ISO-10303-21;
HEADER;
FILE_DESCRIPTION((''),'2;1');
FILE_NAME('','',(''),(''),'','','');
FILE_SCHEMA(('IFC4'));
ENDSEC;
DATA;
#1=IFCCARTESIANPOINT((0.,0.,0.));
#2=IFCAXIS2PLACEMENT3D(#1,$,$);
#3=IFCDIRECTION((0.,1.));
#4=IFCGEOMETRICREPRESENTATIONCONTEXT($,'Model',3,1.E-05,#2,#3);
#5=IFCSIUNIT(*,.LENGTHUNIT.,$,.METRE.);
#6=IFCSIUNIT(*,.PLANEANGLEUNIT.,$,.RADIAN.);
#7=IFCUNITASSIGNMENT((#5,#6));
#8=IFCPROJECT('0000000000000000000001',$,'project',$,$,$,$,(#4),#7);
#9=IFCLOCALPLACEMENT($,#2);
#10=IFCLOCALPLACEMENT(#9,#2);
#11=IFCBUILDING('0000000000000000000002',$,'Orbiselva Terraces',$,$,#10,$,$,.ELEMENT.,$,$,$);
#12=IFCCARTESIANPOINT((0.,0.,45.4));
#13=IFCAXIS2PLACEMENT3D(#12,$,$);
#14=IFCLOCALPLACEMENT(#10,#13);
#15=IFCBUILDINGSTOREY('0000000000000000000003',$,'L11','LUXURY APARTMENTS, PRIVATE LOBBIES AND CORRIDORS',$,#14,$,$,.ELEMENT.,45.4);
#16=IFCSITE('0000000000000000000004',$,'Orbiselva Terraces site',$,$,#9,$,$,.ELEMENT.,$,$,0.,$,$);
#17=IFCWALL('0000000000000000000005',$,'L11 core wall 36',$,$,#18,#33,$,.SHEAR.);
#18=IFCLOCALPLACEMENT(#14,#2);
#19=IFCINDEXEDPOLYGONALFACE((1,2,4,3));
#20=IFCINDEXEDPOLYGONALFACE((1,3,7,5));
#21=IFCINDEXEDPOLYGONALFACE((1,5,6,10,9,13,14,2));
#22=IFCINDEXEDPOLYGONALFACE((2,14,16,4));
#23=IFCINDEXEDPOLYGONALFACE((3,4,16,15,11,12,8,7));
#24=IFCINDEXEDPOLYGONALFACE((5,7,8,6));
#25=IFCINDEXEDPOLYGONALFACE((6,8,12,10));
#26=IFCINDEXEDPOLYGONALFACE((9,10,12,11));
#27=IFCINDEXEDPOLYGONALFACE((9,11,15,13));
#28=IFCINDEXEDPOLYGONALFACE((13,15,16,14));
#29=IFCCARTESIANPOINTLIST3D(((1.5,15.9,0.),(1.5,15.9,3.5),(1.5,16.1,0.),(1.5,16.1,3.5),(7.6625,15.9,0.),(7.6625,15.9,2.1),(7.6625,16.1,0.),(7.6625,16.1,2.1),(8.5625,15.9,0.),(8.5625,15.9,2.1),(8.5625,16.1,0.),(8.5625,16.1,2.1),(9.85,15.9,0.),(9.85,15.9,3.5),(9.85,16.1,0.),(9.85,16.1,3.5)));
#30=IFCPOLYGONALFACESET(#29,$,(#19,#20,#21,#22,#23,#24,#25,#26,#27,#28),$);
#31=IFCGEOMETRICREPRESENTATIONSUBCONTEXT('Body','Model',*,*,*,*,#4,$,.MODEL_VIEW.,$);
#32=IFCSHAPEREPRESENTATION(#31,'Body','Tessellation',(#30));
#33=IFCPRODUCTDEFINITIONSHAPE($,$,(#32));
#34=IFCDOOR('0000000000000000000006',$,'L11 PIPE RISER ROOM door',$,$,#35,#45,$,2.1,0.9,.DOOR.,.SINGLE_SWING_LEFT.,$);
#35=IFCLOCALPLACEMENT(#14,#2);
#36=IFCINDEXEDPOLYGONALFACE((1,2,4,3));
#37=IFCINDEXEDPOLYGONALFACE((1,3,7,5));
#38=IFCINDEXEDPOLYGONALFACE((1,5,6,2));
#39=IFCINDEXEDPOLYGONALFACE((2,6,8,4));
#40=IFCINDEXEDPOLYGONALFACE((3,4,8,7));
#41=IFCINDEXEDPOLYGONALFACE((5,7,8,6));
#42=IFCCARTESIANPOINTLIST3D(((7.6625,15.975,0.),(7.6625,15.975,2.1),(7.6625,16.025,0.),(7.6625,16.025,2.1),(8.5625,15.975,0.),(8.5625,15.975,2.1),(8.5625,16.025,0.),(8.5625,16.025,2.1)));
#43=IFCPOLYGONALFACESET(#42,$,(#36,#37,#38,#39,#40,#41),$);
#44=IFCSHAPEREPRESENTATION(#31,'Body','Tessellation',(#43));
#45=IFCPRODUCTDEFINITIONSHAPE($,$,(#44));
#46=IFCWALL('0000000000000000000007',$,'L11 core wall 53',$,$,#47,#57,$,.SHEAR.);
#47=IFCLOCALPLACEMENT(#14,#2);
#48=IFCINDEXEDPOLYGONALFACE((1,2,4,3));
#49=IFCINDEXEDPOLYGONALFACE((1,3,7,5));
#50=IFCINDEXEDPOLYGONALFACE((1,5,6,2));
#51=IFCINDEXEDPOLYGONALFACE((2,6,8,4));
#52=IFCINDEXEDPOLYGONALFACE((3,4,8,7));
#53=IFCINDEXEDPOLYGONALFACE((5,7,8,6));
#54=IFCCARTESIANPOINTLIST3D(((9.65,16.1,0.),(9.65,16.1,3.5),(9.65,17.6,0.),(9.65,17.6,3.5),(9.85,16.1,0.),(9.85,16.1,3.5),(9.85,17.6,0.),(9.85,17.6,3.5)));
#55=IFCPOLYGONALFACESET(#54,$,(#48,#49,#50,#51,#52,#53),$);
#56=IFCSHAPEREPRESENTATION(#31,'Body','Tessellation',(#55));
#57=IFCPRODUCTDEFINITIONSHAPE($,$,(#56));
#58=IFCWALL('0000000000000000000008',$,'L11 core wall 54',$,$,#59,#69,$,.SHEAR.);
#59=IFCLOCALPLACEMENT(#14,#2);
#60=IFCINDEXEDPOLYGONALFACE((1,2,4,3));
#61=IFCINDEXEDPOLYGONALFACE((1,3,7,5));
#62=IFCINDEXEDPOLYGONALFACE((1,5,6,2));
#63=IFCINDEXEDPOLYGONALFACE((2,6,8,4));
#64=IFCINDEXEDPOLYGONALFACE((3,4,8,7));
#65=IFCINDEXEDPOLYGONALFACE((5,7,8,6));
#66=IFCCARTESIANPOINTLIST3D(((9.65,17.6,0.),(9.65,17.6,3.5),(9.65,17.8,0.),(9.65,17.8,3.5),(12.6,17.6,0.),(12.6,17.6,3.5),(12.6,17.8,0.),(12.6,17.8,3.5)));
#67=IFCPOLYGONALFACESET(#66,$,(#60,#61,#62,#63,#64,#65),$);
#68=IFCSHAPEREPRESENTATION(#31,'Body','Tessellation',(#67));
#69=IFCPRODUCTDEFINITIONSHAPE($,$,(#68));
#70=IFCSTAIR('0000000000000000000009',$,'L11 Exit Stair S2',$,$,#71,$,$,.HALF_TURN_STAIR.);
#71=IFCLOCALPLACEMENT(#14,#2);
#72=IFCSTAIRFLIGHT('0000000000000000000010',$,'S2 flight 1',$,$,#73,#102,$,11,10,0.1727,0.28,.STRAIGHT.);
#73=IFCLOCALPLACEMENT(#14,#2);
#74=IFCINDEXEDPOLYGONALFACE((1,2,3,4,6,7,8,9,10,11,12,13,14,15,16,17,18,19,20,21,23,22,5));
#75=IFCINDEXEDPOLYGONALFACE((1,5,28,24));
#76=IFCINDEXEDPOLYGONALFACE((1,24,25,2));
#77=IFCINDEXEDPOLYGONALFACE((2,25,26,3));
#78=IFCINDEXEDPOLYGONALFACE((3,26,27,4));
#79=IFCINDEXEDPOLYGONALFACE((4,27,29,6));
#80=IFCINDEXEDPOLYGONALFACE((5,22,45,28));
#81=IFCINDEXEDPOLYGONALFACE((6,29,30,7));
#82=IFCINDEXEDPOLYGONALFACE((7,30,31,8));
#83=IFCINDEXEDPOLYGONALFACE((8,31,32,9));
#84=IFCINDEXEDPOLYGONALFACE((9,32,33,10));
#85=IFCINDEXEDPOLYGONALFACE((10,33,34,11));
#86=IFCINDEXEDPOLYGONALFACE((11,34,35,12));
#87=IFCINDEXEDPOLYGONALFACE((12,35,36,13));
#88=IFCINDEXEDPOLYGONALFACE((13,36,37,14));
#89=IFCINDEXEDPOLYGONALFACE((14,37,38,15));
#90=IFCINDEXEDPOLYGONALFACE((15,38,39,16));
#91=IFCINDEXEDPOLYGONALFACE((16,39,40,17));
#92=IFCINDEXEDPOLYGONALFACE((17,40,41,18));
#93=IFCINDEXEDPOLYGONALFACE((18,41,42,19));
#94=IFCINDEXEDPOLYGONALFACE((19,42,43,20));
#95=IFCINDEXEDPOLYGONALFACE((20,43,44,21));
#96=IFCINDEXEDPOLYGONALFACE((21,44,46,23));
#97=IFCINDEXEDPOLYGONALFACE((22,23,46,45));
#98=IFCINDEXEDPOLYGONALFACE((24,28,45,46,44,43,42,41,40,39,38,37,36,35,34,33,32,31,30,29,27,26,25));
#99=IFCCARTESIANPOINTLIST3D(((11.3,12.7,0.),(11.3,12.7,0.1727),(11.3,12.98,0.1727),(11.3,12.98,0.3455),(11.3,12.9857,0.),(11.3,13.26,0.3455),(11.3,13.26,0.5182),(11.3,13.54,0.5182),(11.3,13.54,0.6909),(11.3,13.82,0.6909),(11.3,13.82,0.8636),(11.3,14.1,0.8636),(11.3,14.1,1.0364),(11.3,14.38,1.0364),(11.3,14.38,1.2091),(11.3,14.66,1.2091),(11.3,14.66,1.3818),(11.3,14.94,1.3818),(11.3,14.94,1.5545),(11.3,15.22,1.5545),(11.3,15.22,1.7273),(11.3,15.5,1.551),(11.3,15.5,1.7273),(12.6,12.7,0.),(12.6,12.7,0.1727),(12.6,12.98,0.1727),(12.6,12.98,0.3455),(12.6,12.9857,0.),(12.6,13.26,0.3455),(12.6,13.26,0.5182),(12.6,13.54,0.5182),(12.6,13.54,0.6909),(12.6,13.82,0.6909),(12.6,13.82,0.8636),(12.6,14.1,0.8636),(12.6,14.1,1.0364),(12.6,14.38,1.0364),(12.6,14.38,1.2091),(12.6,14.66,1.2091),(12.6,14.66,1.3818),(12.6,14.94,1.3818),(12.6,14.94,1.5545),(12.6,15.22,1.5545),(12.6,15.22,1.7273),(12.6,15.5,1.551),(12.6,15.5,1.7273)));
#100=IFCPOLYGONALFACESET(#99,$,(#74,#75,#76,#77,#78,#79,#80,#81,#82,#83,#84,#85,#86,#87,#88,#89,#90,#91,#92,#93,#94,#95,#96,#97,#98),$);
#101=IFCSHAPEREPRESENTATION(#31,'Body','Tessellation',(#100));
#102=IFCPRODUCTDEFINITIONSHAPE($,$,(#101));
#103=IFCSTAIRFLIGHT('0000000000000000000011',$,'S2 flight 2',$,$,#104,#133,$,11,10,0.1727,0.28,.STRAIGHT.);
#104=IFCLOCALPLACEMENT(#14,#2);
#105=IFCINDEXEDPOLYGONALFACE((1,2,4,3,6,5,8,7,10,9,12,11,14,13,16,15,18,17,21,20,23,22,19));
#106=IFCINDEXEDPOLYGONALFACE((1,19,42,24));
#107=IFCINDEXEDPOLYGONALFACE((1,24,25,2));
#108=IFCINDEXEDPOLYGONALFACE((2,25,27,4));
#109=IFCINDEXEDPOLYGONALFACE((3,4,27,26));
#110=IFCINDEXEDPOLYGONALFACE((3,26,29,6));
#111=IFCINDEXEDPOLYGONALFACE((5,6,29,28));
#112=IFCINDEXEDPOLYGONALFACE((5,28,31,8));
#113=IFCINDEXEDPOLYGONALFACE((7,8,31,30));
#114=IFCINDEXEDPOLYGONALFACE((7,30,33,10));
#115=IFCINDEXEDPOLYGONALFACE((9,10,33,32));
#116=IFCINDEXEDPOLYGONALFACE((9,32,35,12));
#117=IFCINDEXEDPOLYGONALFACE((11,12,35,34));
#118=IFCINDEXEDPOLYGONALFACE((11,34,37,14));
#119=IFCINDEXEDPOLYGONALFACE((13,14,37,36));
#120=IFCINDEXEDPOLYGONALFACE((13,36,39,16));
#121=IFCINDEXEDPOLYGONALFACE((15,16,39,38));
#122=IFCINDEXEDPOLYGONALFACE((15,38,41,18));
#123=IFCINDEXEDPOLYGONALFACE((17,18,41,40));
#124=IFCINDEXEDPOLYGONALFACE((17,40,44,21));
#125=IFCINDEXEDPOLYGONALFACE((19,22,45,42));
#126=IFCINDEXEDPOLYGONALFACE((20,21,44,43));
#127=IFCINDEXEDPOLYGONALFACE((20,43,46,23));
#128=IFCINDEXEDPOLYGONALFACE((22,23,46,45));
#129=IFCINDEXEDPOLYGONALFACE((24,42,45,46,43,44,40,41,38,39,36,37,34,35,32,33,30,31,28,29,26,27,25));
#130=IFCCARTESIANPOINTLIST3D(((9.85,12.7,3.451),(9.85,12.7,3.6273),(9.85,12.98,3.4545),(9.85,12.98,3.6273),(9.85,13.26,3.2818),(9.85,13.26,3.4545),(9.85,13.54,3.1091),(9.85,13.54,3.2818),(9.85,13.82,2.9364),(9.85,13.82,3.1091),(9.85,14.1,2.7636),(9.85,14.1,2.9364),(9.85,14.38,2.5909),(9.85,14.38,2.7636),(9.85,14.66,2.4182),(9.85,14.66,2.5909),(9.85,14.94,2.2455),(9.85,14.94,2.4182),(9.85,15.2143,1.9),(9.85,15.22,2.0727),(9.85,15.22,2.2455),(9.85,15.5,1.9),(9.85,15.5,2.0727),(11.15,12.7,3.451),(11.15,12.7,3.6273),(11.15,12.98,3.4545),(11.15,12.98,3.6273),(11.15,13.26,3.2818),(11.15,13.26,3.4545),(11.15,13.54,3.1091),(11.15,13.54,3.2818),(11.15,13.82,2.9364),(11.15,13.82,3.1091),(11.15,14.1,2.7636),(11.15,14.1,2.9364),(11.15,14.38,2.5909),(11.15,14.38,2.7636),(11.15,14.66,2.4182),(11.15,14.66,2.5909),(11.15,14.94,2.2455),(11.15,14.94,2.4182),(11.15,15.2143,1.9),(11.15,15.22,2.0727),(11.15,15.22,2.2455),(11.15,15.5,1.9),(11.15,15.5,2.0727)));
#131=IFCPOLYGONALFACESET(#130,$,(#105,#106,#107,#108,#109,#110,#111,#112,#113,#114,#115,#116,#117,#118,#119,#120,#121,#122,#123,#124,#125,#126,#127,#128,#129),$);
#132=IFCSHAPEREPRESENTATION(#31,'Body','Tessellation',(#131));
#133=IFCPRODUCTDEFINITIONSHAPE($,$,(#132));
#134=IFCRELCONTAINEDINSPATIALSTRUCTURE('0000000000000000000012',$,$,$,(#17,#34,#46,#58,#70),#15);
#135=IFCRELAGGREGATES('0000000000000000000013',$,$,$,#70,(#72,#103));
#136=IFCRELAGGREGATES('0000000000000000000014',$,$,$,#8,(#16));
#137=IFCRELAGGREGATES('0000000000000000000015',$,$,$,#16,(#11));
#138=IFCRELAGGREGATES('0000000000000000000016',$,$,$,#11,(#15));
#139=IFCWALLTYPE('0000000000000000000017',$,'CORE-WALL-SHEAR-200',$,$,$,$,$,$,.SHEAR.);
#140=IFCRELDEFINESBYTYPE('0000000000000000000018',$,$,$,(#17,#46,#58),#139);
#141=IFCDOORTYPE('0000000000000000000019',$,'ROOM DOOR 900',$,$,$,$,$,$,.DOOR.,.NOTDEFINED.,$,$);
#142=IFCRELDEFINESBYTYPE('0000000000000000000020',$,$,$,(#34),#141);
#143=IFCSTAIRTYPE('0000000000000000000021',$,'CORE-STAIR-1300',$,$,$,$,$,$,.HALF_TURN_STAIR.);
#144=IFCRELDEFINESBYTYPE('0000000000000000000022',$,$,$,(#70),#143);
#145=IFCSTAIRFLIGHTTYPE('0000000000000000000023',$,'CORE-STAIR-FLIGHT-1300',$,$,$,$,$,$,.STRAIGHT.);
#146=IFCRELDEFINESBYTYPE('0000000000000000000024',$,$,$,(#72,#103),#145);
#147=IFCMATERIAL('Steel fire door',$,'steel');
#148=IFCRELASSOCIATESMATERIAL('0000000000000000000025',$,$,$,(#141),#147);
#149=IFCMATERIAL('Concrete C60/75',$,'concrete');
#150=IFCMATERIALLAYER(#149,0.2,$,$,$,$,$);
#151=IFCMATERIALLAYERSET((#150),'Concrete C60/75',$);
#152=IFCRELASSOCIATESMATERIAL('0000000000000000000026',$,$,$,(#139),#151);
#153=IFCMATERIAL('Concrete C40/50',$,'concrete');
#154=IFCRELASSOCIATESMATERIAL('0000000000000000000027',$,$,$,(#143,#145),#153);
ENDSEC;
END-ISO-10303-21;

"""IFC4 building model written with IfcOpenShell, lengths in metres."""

from ifc_helpers import new_model, si_unit, direction, frame, frame_2d, origin, place, context, subcontext, project, spatial, polyline, rectangle, outline, extrude, material, layer, layer_set, type_object, element, fill, aggregate, save


model = new_model("IFC4")

# Units and contexts
model_context = context("Model", 3, precision=1e-05, world=origin(), true_north=direction((0.0, 1.0)))
body_context = subcontext(model_context, "Body", "Model", "MODEL_VIEW")
ifc_project = project(units=[si_unit("LENGTHUNIT", "METRE"), si_unit("PLANEANGLEUNIT", "RADIAN")], contexts=[model_context])

# Site, building, storey
site_placement = place(None, origin())
site = spatial("IfcSite", under=ifc_project, at=site_placement, Name="Orbiselva Terraces site", CompositionType="ELEMENT", RefElevation=0.0)
building_placement = place(site_placement, origin())
building = spatial("IfcBuilding", under=site, at=building_placement, Name="Orbiselva Terraces", CompositionType="ELEMENT")
storey_placement = place(building_placement, frame((0.0, 0.0, 45.4)))
storey = spatial("IfcBuildingStorey", under=building, at=storey_placement, Name="L11", Description="LUXURY APARTMENTS, PRIVATE LOBBIES AND CORRIDORS", CompositionType="ELEMENT", Elevation=45.4)

# Shared definitions
ifc_material_1 = material(Name="Steel fire door", Category="steel")
door_type = type_object("IfcDoorType", Name="ROOM DOOR 900", OperationType="NOTDEFINED", PredefinedType="DOOR", material=ifc_material_1)

# Shared definitions
ifc_material_2 = material(Name="Concrete C40/50", Category="concrete")
ifc_material_3 = material(Name="Concrete C60/75", Category="concrete")
ifc_layer_1 = layer(ifc_material_3, 0.2)
ifc_layer_set_1 = layer_set([ifc_layer_1], Name="Concrete C60/75")
wall_type_1 = type_object("IfcWallType", Name="CORE-WALL-SHEAR-200", PredefinedType="SHEAR", material=ifc_layer_set_1)

# Wall, opening, door
wall_1_placement = place(storey_placement, frame((9.85, 16.0, 0.0), z_axis=(0.0, 0.0, 1.0), x_axis=(-1.0, 0.0, 0.0)))
wall_1 = element("IfcWall", 1, at=wall_1_placement, inside=storey, type_object=wall_type_1, Name="L11 core wall 36", PredefinedType="SHEAR", context=body_context, shape_type="SweptSolid", body=[
    extrude(rectangle(XDim=8.35, YDim=0.2, at=frame_2d((4.175, 0.0))), origin(), (0.0, 0.0, 1.0), 3.5),
])
opening_1_placement = place(wall_1_placement, frame((1.2875, 0.0, 0.0)))
opening_1 = element("IfcOpeningElement", 2, at=opening_1_placement, cuts=wall_1, PredefinedType="OPENING", context=body_context, shape_type="SweptSolid", body=[
    extrude(rectangle(XDim=0.9, YDim=2.1, at=frame_2d((0.45, 1.05))), frame((0.0, 0.11, 0.0), z_axis=(0.0, -1.0, 0.0), x_axis=(1.0, 0.0, 0.0)), (0.0, 0.0, 1.0), 0.22),
])
door_1_placement = place(opening_1_placement, origin())
door_1 = element("IfcDoor", 3, at=door_1_placement, inside=storey, type_object=door_type, Name="L11 PIPE RISER ROOM door", OperationType="SINGLE_SWING_LEFT", OverallHeight=2.1, OverallWidth=0.9, PredefinedType="DOOR", context=body_context, shape_type="SweptSolid", body=[
    extrude(rectangle(XDim=0.9, YDim=2.1, at=frame_2d((0.45, 1.05))), frame((0.0, 0.025, 0.0), z_axis=(0.0, -1.0, 0.0), x_axis=(1.0, 0.0, 0.0)), (0.0, 0.0, 1.0), 0.05),
])
fill(opening_1, door_1)

# Walls
wall_2_placement = place(storey_placement, frame((9.75, 16.1, 0.0), z_axis=(0.0, 0.0, 1.0), x_axis=(0.0, 1.0, 0.0)))
element("IfcWall", 4, at=wall_2_placement, inside=storey, type_object=wall_type_1, Name="L11 core wall 53", PredefinedType="SHEAR", context=body_context, shape_type="SweptSolid", body=[
    extrude(rectangle(XDim=1.5, YDim=0.2, at=frame_2d((0.75, 0.0))), origin(), (0.0, 0.0, 1.0), 3.5),
])
wall_3_placement = place(storey_placement, frame((9.65, 17.7, 0.0), z_axis=(0.0, 0.0, 1.0), x_axis=(1.0, 0.0, 0.0)))
element("IfcWall", 5, at=wall_3_placement, inside=storey, type_object=wall_type_1, Name="L11 core wall 54", PredefinedType="SHEAR", context=body_context, shape_type="SweptSolid", body=[
    extrude(rectangle(XDim=2.95, YDim=0.2, at=frame_2d((1.475, 0.0))), origin(), (0.0, 0.0, 1.0), 3.5),
])

# Stair, stair flights
stair_type = type_object("IfcStairType", Name="CORE-STAIR-1300", PredefinedType="HALF_TURN_STAIR", material=ifc_material_2)
stair_placement = place(storey_placement, origin())
stair = element("IfcStair", 6, at=stair_placement, inside=storey, type_object=stair_type, Name="L11 Exit Stair S2", PredefinedType="HALF_TURN_STAIR")
stair_flight_type = type_object("IfcStairFlightType", Name="CORE-STAIR-FLIGHT-1300", PredefinedType="STRAIGHT", material=ifc_material_2)
stair_flight_1_placement = place(storey_placement, frame((11.95, 12.7, 0.0), z_axis=(0.0, 0.0, 1.0), x_axis=(0.0, 1.0, 0.0)))
stair_flight_1 = element("IfcStairFlight", 7, at=stair_flight_1_placement, type_object=stair_flight_type, Name="S2 flight 1", NumberOfRisers=11, NumberOfTreads=10, PredefinedType="STRAIGHT", RiserHeight=0.1727, TreadLength=0.28, context=body_context, shape_type="SweptSolid", body=[
    extrude(outline(polyline([(0.0, 0.0), (0.0, 0.1727), (0.28, 0.1727), (0.28, 0.3455), (0.56, 0.3455), (0.56, 0.5182), (0.84, 0.5182), (0.84, 0.6909), (1.12, 0.6909), (1.12, 0.8636), (1.4, 0.8636), (1.4, 1.0364), (1.68, 1.0364), (1.68, 1.2091), (1.96, 1.2091), (1.96, 1.3818), (2.24, 1.3818), (2.24, 1.5545), (2.52, 1.5545), (2.52, 1.7273), (2.8, 1.7273), (2.8, 1.9), (2.8, 1.551), (0.2857, 0.0), (0.0, 0.0)])), frame((0.0, 0.65, 0.0), z_axis=(0.0, -1.0, 0.0), x_axis=(1.0, 0.0, 0.0)), (0.0, 0.0, 1.0), 1.3),
])
stair_flight_2_placement = place(storey_placement, frame((10.5, 15.5, 1.9), z_axis=(0.0, 0.0, 1.0), x_axis=(0.0, -1.0, 0.0)))
stair_flight_2 = element("IfcStairFlight", 8, at=stair_flight_2_placement, type_object=stair_flight_type, Name="S2 flight 2", NumberOfRisers=11, NumberOfTreads=10, PredefinedType="STRAIGHT", RiserHeight=0.1727, TreadLength=0.28, context=body_context, shape_type="SweptSolid", body=[
    extrude(outline(polyline([(0.0, 0.0), (0.0, 0.1727), (0.28, 0.1727), (0.28, 0.3455), (0.56, 0.3455), (0.56, 0.5182), (0.84, 0.5182), (0.84, 0.6909), (1.12, 0.6909), (1.12, 0.8636), (1.4, 0.8636), (1.4, 1.0364), (1.68, 1.0364), (1.68, 1.2091), (1.96, 1.2091), (1.96, 1.3818), (2.24, 1.3818), (2.24, 1.5545), (2.52, 1.5545), (2.52, 1.7273), (2.8, 1.7273), (2.8, 1.9), (2.8, 1.551), (0.2857, 0.0), (0.0, 0.0)])), frame((0.0, 0.65, 0.0), z_axis=(0.0, -1.0, 0.0), x_axis=(1.0, 0.0, 0.0)), (0.0, 0.0, 1.0), 1.3),
])
aggregate(stair, [stair_flight_1, stair_flight_2])

save(model, "model.ifc")
